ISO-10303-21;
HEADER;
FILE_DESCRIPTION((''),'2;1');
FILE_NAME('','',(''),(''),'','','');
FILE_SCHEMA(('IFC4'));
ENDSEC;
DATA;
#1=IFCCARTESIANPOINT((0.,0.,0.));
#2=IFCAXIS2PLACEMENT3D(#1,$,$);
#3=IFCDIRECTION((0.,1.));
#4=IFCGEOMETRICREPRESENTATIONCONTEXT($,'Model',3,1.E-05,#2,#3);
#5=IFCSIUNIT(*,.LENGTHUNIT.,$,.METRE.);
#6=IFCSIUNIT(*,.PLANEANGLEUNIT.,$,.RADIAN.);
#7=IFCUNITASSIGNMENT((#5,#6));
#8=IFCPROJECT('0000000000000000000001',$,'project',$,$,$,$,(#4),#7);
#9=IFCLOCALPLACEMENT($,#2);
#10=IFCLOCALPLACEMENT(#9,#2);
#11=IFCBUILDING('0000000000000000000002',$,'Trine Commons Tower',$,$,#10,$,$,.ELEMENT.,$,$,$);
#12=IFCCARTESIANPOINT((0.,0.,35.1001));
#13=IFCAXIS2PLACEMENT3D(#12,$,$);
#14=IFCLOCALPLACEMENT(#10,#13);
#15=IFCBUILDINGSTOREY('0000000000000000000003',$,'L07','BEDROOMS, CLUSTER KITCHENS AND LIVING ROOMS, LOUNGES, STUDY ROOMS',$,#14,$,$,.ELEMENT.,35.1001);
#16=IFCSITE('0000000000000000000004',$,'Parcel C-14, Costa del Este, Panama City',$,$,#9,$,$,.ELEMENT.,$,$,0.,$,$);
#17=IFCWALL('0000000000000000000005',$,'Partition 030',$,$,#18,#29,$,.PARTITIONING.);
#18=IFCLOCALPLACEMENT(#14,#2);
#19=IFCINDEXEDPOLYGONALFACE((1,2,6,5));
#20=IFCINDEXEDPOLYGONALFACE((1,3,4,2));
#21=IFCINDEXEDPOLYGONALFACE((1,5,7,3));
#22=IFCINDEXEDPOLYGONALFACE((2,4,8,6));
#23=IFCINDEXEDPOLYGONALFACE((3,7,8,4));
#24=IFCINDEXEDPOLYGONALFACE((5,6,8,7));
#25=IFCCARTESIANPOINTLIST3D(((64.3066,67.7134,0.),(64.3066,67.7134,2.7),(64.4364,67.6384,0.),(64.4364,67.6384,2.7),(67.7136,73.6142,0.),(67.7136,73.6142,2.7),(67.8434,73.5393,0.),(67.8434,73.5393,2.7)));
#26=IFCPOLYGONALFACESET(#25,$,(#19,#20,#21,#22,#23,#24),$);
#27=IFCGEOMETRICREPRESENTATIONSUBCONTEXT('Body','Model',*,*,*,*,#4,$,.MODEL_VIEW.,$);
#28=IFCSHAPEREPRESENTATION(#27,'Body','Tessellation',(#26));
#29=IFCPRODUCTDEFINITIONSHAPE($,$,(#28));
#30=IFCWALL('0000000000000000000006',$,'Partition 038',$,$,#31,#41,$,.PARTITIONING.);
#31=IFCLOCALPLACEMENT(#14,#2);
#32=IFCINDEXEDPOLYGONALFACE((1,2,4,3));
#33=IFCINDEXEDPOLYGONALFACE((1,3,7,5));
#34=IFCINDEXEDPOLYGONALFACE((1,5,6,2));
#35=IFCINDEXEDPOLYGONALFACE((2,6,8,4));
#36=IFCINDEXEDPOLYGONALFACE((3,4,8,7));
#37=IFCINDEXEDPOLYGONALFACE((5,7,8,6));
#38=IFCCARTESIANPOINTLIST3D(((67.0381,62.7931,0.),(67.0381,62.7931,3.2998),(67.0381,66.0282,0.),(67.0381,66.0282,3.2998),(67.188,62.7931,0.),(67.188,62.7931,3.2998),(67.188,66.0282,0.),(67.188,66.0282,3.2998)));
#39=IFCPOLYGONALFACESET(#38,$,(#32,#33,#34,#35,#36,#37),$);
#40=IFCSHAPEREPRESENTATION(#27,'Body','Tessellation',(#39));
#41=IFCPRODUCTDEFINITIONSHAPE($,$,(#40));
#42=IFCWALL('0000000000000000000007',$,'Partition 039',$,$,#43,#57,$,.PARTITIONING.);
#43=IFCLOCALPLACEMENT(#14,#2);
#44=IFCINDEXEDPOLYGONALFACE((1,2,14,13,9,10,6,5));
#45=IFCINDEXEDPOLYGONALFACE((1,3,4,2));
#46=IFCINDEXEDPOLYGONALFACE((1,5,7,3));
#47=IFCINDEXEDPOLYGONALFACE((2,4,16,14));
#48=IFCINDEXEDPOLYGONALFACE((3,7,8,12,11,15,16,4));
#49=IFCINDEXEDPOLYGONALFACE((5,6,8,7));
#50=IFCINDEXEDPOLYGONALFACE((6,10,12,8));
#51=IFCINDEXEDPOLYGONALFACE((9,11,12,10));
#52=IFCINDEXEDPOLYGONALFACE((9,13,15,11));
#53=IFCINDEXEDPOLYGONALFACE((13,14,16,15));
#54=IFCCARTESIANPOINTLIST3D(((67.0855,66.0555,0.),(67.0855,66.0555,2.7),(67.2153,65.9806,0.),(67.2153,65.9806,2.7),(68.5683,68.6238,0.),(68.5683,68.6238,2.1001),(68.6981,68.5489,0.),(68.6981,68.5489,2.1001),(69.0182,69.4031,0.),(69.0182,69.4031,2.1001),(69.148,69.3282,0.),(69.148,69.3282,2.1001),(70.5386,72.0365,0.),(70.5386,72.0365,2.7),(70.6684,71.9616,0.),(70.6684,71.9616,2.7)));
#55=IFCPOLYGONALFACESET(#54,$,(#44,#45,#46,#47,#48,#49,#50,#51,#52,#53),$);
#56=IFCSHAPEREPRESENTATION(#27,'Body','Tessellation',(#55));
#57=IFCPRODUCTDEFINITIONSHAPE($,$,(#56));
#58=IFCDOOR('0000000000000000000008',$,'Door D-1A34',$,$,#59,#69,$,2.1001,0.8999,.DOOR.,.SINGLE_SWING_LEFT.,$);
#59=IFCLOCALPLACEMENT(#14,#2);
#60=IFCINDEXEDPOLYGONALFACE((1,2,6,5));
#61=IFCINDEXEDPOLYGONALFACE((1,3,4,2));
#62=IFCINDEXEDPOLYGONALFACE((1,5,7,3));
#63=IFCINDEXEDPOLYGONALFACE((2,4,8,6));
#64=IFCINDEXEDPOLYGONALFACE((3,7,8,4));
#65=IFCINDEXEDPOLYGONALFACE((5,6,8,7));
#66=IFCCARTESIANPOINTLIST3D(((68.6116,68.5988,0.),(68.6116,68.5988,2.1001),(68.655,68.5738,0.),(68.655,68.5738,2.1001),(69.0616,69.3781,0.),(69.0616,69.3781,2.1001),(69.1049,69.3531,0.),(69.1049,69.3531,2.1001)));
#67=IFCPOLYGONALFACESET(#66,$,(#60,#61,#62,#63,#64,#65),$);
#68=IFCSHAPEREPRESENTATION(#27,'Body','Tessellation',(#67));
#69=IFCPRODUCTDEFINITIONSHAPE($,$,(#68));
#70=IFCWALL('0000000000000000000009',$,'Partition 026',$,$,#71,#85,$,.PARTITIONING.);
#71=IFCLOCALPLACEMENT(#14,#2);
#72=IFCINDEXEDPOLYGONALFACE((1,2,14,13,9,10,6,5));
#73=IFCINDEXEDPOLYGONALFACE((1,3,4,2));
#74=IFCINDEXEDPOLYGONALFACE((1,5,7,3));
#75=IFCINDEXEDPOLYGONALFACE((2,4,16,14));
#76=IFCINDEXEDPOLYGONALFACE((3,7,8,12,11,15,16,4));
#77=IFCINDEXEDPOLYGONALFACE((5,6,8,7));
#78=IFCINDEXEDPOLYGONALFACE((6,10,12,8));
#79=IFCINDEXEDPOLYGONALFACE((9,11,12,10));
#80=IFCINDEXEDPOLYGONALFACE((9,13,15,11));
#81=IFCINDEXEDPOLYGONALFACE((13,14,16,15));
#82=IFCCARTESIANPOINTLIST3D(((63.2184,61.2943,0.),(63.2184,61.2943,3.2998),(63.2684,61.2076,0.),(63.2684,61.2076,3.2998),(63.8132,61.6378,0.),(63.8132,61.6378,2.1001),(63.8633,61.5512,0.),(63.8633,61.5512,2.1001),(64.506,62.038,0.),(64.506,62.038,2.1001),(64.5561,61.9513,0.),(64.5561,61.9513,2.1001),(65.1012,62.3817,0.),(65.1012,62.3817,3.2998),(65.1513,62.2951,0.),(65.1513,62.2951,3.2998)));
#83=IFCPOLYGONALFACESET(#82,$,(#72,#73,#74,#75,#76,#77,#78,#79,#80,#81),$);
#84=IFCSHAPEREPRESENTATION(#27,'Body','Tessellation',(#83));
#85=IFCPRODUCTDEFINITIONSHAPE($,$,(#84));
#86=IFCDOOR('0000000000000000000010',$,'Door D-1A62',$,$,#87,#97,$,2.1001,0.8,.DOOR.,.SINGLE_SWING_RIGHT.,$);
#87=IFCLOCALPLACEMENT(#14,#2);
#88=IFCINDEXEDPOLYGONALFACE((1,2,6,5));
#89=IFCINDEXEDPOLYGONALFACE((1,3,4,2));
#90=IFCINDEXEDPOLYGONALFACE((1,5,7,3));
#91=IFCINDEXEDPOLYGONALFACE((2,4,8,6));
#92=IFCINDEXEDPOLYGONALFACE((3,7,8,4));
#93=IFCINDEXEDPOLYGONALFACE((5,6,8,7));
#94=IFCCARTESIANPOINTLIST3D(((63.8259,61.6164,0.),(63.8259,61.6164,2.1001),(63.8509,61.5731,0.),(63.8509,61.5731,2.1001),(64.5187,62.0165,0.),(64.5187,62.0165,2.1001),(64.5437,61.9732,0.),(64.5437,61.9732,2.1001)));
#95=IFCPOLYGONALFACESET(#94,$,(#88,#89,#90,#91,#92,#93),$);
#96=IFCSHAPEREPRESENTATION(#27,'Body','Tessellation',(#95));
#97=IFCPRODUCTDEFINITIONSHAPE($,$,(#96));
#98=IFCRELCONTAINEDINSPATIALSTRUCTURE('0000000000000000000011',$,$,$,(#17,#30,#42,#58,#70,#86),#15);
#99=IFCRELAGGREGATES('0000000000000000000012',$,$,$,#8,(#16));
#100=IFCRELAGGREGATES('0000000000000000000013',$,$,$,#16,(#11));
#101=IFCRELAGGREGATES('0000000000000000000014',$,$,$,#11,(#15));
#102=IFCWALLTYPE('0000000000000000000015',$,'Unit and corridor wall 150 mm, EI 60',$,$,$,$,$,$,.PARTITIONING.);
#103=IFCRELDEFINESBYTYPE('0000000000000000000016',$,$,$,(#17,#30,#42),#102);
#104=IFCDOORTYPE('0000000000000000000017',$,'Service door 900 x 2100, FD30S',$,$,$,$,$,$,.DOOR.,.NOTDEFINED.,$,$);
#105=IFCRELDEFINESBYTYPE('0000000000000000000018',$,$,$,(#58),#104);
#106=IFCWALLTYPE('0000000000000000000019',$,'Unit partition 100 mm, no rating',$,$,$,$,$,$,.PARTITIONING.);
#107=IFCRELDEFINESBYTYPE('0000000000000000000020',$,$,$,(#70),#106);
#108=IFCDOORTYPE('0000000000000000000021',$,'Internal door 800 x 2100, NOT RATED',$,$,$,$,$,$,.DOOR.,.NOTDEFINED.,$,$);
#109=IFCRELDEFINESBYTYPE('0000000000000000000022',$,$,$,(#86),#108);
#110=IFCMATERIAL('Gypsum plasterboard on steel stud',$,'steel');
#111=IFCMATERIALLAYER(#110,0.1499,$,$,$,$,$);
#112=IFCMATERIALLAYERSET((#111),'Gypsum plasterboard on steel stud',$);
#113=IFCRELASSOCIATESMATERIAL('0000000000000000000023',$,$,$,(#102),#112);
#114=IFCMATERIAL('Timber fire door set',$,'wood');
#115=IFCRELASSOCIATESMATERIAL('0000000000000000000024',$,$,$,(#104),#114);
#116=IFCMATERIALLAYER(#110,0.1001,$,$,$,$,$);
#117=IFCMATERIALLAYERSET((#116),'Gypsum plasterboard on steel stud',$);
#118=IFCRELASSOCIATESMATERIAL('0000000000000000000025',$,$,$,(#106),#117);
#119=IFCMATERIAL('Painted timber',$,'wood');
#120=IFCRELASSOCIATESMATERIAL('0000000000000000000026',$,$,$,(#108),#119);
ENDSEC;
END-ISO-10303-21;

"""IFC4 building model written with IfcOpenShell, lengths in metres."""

from ifc_helpers import new_model, si_unit, direction, frame, frame_2d, origin, place, context, subcontext, project, spatial, rectangle, extrude, material, layer, layer_set, type_object, element, fill, save


model = new_model("IFC4")

# Units and contexts
model_context = context("Model", 3, precision=1e-05, world=origin(), true_north=direction((0.0, 1.0)))
body_context = subcontext(model_context, "Body", "Model", "MODEL_VIEW")
ifc_project = project(units=[si_unit("LENGTHUNIT", "METRE"), si_unit("PLANEANGLEUNIT", "RADIAN")], contexts=[model_context])

# Site, building, storey
site_placement = place(None, origin())
site = spatial("IfcSite", under=ifc_project, at=site_placement, Name="Parcel C-14, Costa del Este, Panama City", CompositionType="ELEMENT", RefElevation=0.0)
building_placement = place(site_placement, origin())
building = spatial("IfcBuilding", under=site, at=building_placement, Name="Trine Commons Tower", CompositionType="ELEMENT")
storey_placement = place(building_placement, frame((0.0, 0.0, 35.1001)))
storey = spatial("IfcBuildingStorey", under=building, at=storey_placement, Name="L07", Description="BEDROOMS, CLUSTER KITCHENS AND LIVING ROOMS, LOUNGES, STUDY ROOMS", CompositionType="ELEMENT", Elevation=35.1001)

# Shared definitions
ifc_material_1 = material(Name="Gypsum plasterboard on steel stud", Category="steel")
ifc_layer_1 = layer(ifc_material_1, 0.1499)
ifc_layer_set_1 = layer_set([ifc_layer_1], Name="Gypsum plasterboard on steel stud")
wall_type_1 = type_object("IfcWallType", Name="Unit and corridor wall 150 mm, EI 60", PredefinedType="PARTITIONING", material=ifc_layer_set_1)
ifc_material_2 = material(Name="Timber fire door set", Category="wood")

# Walls
wall_1_placement = place(storey_placement, frame((64.3716, 67.676, 0.0), z_axis=(0.0, 0.0, 1.0), x_axis=(0.500012, 0.866019, 0.0)))
element("IfcWall", 1, at=wall_1_placement, inside=storey, type_object=wall_type_1, Name="Partition 030", PredefinedType="PARTITIONING", context=body_context, shape_type="SweptSolid", body=[
    extrude(rectangle(XDim=6.8137, YDim=0.1499, at=frame_2d((3.4067, 0.0))), origin(), (0.0, 0.0, 1.0), 2.7),
])
wall_2_placement = place(storey_placement, frame((67.113, 62.793, 0.0), z_axis=(0.0, 0.0, 1.0), x_axis=(0.0, 1.0, 0.0)))
element("IfcWall", 2, at=wall_2_placement, inside=storey, type_object=wall_type_1, Name="Partition 038", PredefinedType="PARTITIONING", context=body_context, shape_type="SweptSolid", body=[
    extrude(rectangle(XDim=3.2351, YDim=0.1499, at=frame_2d((1.6177, 0.0))), origin(), (0.0, 0.0, 1.0), 3.2998),
])

# Walls, openings, doors
wall_3_placement = place(storey_placement, frame((67.1504, 66.0181, 0.0), z_axis=(0.0, 0.0, 1.0), x_axis=(0.500002, 0.866024, 0.0)))
wall_3 = element("IfcWall", 3, at=wall_3_placement, inside=storey, type_object=wall_type_1, Name="Partition 039", PredefinedType="PARTITIONING", context=body_context, shape_type="SweptSolid", body=[
    extrude(rectangle(XDim=6.9062, YDim=0.1499, at=frame_2d((3.4531, 0.0))), origin(), (0.0, 0.0, 1.0), 2.7),
])
opening_1_placement = place(wall_3_placement, frame((2.9656, 0.0, 0.0)))
opening_1 = element("IfcOpeningElement", 4, at=opening_1_placement, cuts=wall_3, PredefinedType="OPENING", context=body_context, shape_type="SweptSolid", body=[
    extrude(rectangle(XDim=0.8999, YDim=2.1001, at=frame_2d((0.45, 1.05))), frame((0.0, 0.085, 0.0), z_axis=(0.0, -1.0, 0.0), x_axis=(1.0, 0.0, 0.0)), (0.0, 0.0, 1.0), 0.1699),
])
door_type_1 = type_object("IfcDoorType", Name="Service door 900 x 2100, FD30S", OperationType="NOTDEFINED", PredefinedType="DOOR", material=ifc_material_2)
door_1_placement = place(opening_1_placement, origin())
door_1 = element("IfcDoor", 5, at=door_1_placement, inside=storey, type_object=door_type_1, Name="Door D-1A34", OperationType="SINGLE_SWING_LEFT", OverallHeight=2.1001, OverallWidth=0.8999, PredefinedType="DOOR", context=body_context, shape_type="SweptSolid", body=[
    extrude(rectangle(XDim=0.8999, YDim=2.1001, at=frame_2d((0.45, 1.05))), frame((0.0, 0.0249, 0.0), z_axis=(0.0, -1.0, 0.0), x_axis=(1.0, 0.0, 0.0)), (0.0, 0.0, 1.0), 0.05),
])
fill(opening_1, door_1)
ifc_layer_2 = layer(ifc_material_1, 0.1001)
ifc_layer_set_2 = layer_set([ifc_layer_2], Name="Gypsum plasterboard on steel stud")
wall_type_2 = type_object("IfcWallType", Name="Unit partition 100 mm, no rating", PredefinedType="PARTITIONING", material=ifc_layer_set_2)
wall_4_placement = place(storey_placement, frame((63.2434, 61.251, 0.0), z_axis=(0.0, 0.0, 1.0), x_axis=(0.865954, 0.500124, 0.0)))
wall_4 = element("IfcWall", 6, at=wall_4_placement, inside=storey, type_object=wall_type_2, Name="Partition 026", PredefinedType="PARTITIONING", context=body_context, shape_type="SweptSolid", body=[
    extrude(rectangle(XDim=2.1743, YDim=0.1001, at=frame_2d((1.0872, 0.0))), origin(), (0.0, 0.0, 1.0), 3.2998),
])
opening_2_placement = place(wall_4_placement, frame((0.687, 0.0, 0.0)))
opening_2 = element("IfcOpeningElement", 7, at=opening_2_placement, cuts=wall_4, PredefinedType="OPENING", context=body_context, shape_type="SweptSolid", body=[
    extrude(rectangle(XDim=0.8, YDim=2.1001, at=frame_2d((0.3999, 1.05))), frame((0.0, 0.0601, 0.0), z_axis=(0.0, -1.0, 0.0), x_axis=(1.0, 0.0, 0.0)), (0.0, 0.0, 1.0), 0.1201),
])
ifc_material_3 = material(Name="Painted timber", Category="wood")
door_type_2 = type_object("IfcDoorType", Name="Internal door 800 x 2100, NOT RATED", OperationType="NOTDEFINED", PredefinedType="DOOR", material=ifc_material_3)
door_2_placement = place(opening_2_placement, frame((0.8, 0.0, 0.0), z_axis=(0.0, 0.0, 1.0), x_axis=(-1.0, 0.0, 0.0)))
door_2 = element("IfcDoor", 8, at=door_2_placement, inside=storey, type_object=door_type_2, Name="Door D-1A62", OperationType="SINGLE_SWING_RIGHT", OverallHeight=2.1001, OverallWidth=0.8, PredefinedType="DOOR", context=body_context, shape_type="SweptSolid", body=[
    extrude(rectangle(XDim=0.8, YDim=2.1001, at=frame_2d((0.3999, 1.05))), frame((0.0, 0.0249, 0.0), z_axis=(0.0, -1.0, 0.0), x_axis=(1.0, 0.0, 0.0)), (0.0, 0.0, 1.0), 0.05),
])
fill(opening_2, door_2)

save(model, "model.ifc")
